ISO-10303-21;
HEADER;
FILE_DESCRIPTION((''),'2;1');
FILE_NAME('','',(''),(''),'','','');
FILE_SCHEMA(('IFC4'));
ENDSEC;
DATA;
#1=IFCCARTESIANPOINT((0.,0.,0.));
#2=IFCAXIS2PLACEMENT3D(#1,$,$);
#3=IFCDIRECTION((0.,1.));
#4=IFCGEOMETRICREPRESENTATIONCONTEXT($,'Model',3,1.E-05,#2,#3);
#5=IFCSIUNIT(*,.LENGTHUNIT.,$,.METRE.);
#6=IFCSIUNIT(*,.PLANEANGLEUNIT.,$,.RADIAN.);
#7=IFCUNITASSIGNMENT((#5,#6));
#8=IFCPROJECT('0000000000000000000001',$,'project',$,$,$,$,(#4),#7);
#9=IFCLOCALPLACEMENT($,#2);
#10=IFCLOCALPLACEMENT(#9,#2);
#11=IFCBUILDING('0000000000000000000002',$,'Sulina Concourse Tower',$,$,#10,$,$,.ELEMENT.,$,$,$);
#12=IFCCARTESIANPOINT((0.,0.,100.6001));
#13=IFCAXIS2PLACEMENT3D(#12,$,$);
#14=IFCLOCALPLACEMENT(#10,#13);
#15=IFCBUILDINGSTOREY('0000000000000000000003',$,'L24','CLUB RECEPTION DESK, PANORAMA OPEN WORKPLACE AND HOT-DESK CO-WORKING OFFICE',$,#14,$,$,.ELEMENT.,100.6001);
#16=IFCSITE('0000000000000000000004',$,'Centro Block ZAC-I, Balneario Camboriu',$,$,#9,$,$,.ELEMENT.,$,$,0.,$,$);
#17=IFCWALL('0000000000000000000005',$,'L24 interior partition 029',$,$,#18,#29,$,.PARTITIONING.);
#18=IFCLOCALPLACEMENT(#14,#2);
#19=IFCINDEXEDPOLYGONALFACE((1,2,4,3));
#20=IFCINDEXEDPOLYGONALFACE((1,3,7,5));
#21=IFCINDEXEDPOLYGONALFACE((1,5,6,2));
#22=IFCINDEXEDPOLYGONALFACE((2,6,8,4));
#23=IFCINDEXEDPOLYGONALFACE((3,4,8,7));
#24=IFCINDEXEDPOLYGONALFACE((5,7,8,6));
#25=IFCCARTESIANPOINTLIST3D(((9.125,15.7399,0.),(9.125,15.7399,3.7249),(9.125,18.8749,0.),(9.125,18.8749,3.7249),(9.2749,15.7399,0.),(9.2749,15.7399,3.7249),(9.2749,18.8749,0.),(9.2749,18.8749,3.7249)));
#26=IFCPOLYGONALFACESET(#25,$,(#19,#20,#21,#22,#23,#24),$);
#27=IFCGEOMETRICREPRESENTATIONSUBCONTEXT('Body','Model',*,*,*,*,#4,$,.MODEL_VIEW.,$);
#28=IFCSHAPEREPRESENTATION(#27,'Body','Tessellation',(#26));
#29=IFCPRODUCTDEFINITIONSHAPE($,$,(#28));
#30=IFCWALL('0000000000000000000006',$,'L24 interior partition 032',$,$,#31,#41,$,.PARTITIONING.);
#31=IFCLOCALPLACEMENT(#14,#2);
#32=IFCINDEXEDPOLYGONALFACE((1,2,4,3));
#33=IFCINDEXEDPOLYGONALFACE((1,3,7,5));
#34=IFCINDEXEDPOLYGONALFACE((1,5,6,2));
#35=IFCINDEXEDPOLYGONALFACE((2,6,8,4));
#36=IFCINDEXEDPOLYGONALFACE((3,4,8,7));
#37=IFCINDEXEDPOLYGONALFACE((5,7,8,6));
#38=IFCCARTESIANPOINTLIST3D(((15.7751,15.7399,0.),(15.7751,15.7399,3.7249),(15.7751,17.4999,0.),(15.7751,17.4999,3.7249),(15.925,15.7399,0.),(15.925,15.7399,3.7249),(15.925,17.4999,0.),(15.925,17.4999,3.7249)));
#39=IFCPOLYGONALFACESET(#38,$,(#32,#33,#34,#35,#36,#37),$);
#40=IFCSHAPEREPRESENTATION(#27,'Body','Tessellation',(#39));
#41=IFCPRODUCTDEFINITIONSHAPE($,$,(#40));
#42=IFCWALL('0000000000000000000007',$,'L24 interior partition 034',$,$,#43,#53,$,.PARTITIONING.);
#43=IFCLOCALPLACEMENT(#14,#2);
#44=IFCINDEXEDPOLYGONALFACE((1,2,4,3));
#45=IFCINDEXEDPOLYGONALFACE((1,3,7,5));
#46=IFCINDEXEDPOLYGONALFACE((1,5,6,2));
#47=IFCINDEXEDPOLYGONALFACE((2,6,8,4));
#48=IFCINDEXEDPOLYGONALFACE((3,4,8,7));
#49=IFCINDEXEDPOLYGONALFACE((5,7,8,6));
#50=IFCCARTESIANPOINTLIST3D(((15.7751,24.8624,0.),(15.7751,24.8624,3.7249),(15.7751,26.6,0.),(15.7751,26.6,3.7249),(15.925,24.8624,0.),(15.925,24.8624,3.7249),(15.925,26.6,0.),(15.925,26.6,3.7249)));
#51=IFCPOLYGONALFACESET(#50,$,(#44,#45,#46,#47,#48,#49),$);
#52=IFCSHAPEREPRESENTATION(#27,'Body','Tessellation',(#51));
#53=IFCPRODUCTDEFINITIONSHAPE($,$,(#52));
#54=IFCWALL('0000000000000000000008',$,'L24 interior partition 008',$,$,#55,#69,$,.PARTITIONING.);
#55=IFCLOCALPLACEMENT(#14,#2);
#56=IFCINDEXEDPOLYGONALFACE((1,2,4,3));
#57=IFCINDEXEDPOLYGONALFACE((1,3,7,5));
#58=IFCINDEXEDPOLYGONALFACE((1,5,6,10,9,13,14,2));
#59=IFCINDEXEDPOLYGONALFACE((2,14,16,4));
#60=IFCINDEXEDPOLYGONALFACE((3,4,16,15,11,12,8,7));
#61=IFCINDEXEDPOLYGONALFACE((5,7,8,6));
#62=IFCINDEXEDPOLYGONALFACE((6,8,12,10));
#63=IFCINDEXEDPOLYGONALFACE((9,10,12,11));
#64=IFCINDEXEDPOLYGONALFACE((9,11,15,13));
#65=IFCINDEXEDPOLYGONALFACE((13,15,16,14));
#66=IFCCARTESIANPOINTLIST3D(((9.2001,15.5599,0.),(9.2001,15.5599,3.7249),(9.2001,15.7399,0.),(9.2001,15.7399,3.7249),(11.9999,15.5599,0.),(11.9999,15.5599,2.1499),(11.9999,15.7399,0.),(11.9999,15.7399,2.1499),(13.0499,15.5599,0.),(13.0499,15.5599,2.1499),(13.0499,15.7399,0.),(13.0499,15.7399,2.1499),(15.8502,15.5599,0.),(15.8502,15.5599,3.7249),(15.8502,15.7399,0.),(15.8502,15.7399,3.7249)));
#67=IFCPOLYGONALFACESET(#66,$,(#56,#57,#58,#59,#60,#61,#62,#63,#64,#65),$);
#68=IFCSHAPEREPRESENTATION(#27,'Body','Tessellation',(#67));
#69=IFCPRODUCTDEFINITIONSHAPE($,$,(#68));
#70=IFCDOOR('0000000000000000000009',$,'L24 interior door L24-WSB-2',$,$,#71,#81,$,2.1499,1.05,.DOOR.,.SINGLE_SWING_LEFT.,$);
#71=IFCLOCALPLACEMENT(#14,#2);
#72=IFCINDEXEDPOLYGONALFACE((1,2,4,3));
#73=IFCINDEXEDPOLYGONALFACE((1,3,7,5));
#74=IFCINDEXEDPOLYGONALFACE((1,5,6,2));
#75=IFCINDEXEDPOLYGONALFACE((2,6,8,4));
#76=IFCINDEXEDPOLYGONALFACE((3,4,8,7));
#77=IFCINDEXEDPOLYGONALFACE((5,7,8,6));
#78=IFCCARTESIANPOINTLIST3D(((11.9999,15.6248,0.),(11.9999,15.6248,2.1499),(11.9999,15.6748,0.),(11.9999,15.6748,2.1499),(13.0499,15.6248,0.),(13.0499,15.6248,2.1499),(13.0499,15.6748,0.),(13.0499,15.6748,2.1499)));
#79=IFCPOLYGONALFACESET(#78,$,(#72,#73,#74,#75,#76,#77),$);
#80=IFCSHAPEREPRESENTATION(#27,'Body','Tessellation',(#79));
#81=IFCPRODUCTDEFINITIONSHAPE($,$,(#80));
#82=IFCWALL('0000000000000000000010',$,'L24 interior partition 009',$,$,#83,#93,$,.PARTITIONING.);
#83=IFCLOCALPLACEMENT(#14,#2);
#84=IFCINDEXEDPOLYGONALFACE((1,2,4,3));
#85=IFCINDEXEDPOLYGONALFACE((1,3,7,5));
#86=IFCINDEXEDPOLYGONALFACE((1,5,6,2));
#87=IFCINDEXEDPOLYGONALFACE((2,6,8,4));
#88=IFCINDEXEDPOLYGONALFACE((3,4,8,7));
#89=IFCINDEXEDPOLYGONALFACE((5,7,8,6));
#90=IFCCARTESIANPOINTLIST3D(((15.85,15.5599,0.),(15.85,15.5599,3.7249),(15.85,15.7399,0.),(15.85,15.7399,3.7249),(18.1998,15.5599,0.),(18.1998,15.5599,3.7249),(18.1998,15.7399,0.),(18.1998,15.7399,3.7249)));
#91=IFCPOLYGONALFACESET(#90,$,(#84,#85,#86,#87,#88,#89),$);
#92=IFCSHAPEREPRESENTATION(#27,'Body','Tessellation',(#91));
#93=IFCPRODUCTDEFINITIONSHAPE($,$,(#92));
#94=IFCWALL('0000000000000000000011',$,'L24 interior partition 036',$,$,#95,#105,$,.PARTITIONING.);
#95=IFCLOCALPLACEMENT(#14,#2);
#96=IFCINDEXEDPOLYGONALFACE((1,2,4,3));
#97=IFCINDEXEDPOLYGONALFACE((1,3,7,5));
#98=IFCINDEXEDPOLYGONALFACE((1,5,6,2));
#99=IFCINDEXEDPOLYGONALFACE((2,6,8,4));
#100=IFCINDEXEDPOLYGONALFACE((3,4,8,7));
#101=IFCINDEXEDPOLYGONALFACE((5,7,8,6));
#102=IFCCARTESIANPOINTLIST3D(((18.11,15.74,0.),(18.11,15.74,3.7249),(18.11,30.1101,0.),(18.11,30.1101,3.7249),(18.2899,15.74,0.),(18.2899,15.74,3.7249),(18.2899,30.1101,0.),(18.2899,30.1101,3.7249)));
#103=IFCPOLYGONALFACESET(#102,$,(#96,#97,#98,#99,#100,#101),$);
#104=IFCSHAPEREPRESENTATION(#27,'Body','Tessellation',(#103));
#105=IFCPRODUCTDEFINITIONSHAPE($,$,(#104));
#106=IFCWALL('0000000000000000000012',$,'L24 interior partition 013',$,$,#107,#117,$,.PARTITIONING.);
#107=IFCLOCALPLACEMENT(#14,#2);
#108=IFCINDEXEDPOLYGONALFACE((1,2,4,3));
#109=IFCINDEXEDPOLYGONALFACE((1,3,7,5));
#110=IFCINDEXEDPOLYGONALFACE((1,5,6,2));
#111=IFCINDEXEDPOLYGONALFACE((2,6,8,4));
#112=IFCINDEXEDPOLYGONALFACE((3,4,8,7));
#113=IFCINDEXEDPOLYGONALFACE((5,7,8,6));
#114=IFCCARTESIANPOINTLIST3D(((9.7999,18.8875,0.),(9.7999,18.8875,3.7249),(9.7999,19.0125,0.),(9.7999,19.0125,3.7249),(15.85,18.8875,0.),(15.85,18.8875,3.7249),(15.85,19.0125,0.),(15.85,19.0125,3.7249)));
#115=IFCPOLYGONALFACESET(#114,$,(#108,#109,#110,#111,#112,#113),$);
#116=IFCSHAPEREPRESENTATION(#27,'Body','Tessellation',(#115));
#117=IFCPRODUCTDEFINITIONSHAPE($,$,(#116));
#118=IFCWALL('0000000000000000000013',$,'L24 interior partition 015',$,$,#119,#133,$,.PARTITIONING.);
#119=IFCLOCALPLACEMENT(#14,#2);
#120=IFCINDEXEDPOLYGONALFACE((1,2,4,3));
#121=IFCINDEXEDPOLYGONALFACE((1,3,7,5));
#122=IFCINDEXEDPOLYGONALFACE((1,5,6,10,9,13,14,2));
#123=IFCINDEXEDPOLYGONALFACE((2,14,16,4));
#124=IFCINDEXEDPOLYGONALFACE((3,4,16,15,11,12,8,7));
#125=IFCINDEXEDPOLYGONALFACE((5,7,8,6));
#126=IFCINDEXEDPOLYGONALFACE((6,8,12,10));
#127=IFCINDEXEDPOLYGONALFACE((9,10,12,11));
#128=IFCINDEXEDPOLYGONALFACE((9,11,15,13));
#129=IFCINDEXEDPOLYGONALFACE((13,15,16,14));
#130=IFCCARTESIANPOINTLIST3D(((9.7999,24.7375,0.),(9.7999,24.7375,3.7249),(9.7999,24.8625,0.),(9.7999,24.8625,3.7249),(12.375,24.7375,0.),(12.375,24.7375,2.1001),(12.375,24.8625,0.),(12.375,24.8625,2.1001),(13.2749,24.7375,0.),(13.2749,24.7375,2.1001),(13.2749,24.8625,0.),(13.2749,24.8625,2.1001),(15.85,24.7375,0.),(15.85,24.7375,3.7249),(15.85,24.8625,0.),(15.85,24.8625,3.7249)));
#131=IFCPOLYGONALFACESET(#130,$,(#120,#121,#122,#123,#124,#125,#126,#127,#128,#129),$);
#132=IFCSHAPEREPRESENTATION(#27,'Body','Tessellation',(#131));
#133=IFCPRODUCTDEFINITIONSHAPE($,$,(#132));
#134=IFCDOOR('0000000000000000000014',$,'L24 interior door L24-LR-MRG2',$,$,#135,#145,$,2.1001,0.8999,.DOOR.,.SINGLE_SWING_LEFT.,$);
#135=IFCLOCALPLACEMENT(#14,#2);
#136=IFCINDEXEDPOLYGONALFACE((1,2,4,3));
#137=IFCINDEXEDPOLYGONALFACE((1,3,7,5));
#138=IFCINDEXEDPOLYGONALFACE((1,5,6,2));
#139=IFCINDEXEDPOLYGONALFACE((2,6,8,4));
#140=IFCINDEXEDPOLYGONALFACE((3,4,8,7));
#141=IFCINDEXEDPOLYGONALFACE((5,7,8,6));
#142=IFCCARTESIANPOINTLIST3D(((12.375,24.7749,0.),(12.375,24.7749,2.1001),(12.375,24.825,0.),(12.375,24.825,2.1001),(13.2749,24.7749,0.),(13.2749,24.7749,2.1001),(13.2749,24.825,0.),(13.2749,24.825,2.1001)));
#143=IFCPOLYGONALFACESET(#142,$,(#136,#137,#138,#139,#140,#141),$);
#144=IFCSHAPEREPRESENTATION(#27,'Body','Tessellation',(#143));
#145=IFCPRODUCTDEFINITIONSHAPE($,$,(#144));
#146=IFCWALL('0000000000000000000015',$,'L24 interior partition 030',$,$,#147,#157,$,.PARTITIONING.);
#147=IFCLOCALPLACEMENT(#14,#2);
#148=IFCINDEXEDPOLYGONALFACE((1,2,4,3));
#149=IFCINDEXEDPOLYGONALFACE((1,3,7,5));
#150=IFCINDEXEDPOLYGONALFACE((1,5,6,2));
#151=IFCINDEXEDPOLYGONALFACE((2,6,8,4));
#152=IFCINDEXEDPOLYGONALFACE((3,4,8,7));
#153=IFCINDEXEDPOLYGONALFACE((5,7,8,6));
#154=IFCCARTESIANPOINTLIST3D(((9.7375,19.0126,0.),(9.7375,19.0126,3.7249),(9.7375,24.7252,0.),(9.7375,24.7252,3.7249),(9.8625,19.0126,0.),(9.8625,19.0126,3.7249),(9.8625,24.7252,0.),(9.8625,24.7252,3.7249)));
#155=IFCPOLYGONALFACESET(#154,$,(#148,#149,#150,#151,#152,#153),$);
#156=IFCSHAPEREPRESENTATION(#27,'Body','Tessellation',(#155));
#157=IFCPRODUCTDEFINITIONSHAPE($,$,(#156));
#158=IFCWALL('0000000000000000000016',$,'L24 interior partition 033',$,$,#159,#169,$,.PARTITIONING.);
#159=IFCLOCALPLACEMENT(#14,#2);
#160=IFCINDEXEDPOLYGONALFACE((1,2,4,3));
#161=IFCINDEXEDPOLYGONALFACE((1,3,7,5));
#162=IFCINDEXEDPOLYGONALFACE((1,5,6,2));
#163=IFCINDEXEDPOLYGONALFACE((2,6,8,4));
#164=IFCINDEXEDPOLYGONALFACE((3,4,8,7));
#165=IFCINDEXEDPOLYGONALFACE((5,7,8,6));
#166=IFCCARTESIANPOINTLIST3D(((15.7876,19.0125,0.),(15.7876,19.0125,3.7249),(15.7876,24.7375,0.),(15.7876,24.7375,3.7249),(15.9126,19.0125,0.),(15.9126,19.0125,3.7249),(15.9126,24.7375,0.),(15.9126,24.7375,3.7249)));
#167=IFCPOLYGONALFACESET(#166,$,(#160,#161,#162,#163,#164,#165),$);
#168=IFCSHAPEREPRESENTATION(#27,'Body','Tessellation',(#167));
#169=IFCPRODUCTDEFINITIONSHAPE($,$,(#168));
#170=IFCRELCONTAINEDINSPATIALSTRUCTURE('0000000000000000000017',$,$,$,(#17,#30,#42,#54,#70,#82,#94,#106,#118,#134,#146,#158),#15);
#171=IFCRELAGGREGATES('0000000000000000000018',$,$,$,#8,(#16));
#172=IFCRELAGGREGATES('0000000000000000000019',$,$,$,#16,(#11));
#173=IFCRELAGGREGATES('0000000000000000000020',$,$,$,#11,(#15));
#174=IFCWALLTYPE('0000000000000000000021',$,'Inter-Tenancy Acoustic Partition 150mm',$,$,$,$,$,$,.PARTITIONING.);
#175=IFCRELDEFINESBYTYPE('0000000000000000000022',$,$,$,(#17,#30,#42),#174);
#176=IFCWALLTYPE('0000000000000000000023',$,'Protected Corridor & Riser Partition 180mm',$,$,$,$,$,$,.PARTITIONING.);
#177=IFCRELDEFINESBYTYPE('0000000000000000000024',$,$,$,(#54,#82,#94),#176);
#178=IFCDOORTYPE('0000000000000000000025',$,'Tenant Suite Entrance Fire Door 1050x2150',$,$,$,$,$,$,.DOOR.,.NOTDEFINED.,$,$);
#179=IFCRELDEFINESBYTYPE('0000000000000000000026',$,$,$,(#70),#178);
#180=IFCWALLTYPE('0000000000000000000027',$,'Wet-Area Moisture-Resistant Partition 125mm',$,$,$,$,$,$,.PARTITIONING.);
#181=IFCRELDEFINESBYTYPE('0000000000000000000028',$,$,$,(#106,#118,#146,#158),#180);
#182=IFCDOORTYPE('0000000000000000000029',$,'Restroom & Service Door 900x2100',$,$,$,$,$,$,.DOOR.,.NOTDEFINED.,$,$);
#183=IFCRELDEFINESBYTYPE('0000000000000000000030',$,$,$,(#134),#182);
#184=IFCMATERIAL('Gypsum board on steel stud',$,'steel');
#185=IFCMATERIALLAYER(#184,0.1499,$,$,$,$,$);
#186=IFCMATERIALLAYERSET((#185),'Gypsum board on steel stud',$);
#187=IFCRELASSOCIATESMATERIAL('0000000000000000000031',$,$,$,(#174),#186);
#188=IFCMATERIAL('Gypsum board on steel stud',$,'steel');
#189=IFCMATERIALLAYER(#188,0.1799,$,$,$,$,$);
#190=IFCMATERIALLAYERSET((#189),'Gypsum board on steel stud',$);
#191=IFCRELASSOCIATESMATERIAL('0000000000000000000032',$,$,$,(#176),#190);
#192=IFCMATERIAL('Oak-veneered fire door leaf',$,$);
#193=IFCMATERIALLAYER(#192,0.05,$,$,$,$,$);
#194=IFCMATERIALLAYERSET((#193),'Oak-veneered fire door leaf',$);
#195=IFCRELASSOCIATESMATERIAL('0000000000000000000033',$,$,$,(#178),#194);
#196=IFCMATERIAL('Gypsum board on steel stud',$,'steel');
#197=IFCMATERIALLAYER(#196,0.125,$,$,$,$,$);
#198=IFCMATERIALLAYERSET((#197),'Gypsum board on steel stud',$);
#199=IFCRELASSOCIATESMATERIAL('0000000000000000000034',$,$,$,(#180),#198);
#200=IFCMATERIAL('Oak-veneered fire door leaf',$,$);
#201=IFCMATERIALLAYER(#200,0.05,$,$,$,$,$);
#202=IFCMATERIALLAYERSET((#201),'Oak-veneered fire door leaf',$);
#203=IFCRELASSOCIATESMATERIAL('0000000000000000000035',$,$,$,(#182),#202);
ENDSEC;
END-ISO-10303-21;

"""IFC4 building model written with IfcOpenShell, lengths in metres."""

from ifc_helpers import new_model, si_unit, direction, frame, frame_2d, origin, place, context, subcontext, project, spatial, rectangle, extrude, material, layer, layer_set, type_object, element, fill, save


model = new_model("IFC4")

# Units and contexts
model_context = context("Model", 3, precision=1e-05, world=origin(), true_north=direction((0.0, 1.0)))
body_context = subcontext(model_context, "Body", "Model", "MODEL_VIEW")
ifc_project = project(units=[si_unit("LENGTHUNIT", "METRE"), si_unit("PLANEANGLEUNIT", "RADIAN")], contexts=[model_context])

# Site, building, storey
site_placement = place(None, origin())
site = spatial("IfcSite", under=ifc_project, at=site_placement, Name="Centro Block ZAC-I, Balneario Camboriu", CompositionType="ELEMENT", RefElevation=0.0)
building_placement = place(site_placement, origin())
building = spatial("IfcBuilding", under=site, at=building_placement, Name="Sulina Concourse Tower", CompositionType="ELEMENT")
storey_placement = place(building_placement, frame((0.0, 0.0, 100.6001)))
storey = spatial("IfcBuildingStorey", under=building, at=storey_placement, Name="L24", Description="CLUB RECEPTION DESK, PANORAMA OPEN WORKPLACE AND HOT-DESK CO-WORKING OFFICE", CompositionType="ELEMENT", Elevation=100.6001)

# Walls
ifc_material_1 = material(Name="Gypsum board on steel stud", Category="steel")
ifc_layer_1 = layer(ifc_material_1, 0.1499)
ifc_layer_set_1 = layer_set([ifc_layer_1], Name="Gypsum board on steel stud")
wall_type_1 = type_object("IfcWallType", Name="Inter-Tenancy Acoustic Partition 150mm", PredefinedType="PARTITIONING", material=ifc_layer_set_1)
wall_1_placement = place(storey_placement, frame((9.2, 15.74, 0.0), z_axis=(0.0, 0.0, 1.0), x_axis=(0.0, 1.0, 0.0)))
element("IfcWall", 1, at=wall_1_placement, inside=storey, type_object=wall_type_1, Name="L24 interior partition 029", PredefinedType="PARTITIONING", context=body_context, shape_type="SweptSolid", body=[
    extrude(rectangle(XDim=3.135, YDim=0.1499, at=frame_2d((1.5674, 0.0))), origin(), (0.0, 0.0, 1.0), 3.7249),
])
wall_2_placement = place(storey_placement, frame((15.8501, 15.74, 0.0), z_axis=(0.0, 0.0, 1.0), x_axis=(0.0, 1.0, 0.0)))
element("IfcWall", 2, at=wall_2_placement, inside=storey, type_object=wall_type_1, Name="L24 interior partition 032", PredefinedType="PARTITIONING", context=body_context, shape_type="SweptSolid", body=[
    extrude(rectangle(XDim=1.76, YDim=0.1499, at=frame_2d((0.8799, 0.0))), origin(), (0.0, 0.0, 1.0), 3.7249),
])
wall_3_placement = place(storey_placement, frame((15.8501, 24.8625, 0.0), z_axis=(0.0, 0.0, 1.0), x_axis=(0.0, 1.0, 0.0)))
element("IfcWall", 3, at=wall_3_placement, inside=storey, type_object=wall_type_1, Name="L24 interior partition 034", PredefinedType="PARTITIONING", context=body_context, shape_type="SweptSolid", body=[
    extrude(rectangle(XDim=1.7375, YDim=0.1499, at=frame_2d((0.8687, 0.0))), origin(), (0.0, 0.0, 1.0), 3.7249),
])

# Wall, opening, door
ifc_material_2 = material(Name="Gypsum board on steel stud", Category="steel")
ifc_layer_2 = layer(ifc_material_2, 0.1799)
ifc_layer_set_2 = layer_set([ifc_layer_2], Name="Gypsum board on steel stud")
wall_type_2 = type_object("IfcWallType", Name="Protected Corridor & Riser Partition 180mm", PredefinedType="PARTITIONING", material=ifc_layer_set_2)
wall_4_placement = place(storey_placement, frame((9.2, 15.6499, 0.0), z_axis=(0.0, 0.0, 1.0), x_axis=(1.0, 0.0, 0.0)))
wall_4 = element("IfcWall", 4, at=wall_4_placement, inside=storey, type_object=wall_type_2, Name="L24 interior partition 008", PredefinedType="PARTITIONING", context=body_context, shape_type="SweptSolid", body=[
    extrude(rectangle(XDim=6.6501, YDim=0.1799, at=frame_2d((3.3252, 0.0))), origin(), (0.0, 0.0, 1.0), 3.7249),
])
opening_1_placement = place(wall_4_placement, frame((2.8, 0.0, 0.0)))
opening_1 = element("IfcOpeningElement", 5, at=opening_1_placement, cuts=wall_4, PredefinedType="OPENING", context=body_context, shape_type="SweptSolid", body=[
    extrude(rectangle(XDim=1.05, YDim=2.1499, at=frame_2d((0.5249, 1.075))), frame((0.0, 0.0999, 0.0), z_axis=(0.0, -1.0, 0.0), x_axis=(1.0, 0.0, 0.0)), (0.0, 0.0, 1.0), 0.2),
])
ifc_material_3 = material(Name="Oak-veneered fire door leaf")
ifc_layer_3 = layer(ifc_material_3, 0.05)
ifc_layer_set_3 = layer_set([ifc_layer_3], Name="Oak-veneered fire door leaf")
door_type_1 = type_object("IfcDoorType", Name="Tenant Suite Entrance Fire Door 1050x2150", OperationType="NOTDEFINED", PredefinedType="DOOR", material=ifc_layer_set_3)
door_1_placement = place(opening_1_placement, origin())
door_1 = element("IfcDoor", 6, at=door_1_placement, inside=storey, type_object=door_type_1, Name="L24 interior door L24-WSB-2", OperationType="SINGLE_SWING_LEFT", OverallHeight=2.1499, OverallWidth=1.05, PredefinedType="DOOR", context=body_context, shape_type="SweptSolid", body=[
    extrude(rectangle(XDim=1.05, YDim=2.1499, at=frame_2d((0.5249, 1.075))), frame((0.0, 0.0249, 0.0), z_axis=(0.0, -1.0, 0.0), x_axis=(1.0, 0.0, 0.0)), (0.0, 0.0, 1.0), 0.05),
])
fill(opening_1, door_1)

# Walls
wall_5_placement = place(storey_placement, frame((15.8501, 15.6499, 0.0), z_axis=(0.0, 0.0, 1.0), x_axis=(1.0, 0.0, 0.0)))
element("IfcWall", 7, at=wall_5_placement, inside=storey, type_object=wall_type_2, Name="L24 interior partition 009", PredefinedType="PARTITIONING", context=body_context, shape_type="SweptSolid", body=[
    extrude(rectangle(XDim=2.3499, YDim=0.1799, at=frame_2d((1.1748, 0.0))), origin(), (0.0, 0.0, 1.0), 3.7249),
])
wall_6_placement = place(storey_placement, frame((18.2, 15.74, 0.0), z_axis=(0.0, 0.0, 1.0), x_axis=(0.0, 1.0, 0.0)))
element("IfcWall", 8, at=wall_6_placement, inside=storey, type_object=wall_type_2, Name="L24 interior partition 036", PredefinedType="PARTITIONING", context=body_context, shape_type="SweptSolid", body=[
    extrude(rectangle(XDim=14.3701, YDim=0.1799, at=frame_2d((7.1851, 0.0))), origin(), (0.0, 0.0, 1.0), 3.7249),
])
ifc_material_4 = material(Name="Gypsum board on steel stud", Category="steel")
ifc_layer_4 = layer(ifc_material_4, 0.125)
ifc_layer_set_4 = layer_set([ifc_layer_4], Name="Gypsum board on steel stud")
wall_type_3 = type_object("IfcWallType", Name="Wet-Area Moisture-Resistant Partition 125mm", PredefinedType="PARTITIONING", material=ifc_layer_set_4)
wall_7_placement = place(storey_placement, frame((9.8, 18.95, 0.0), z_axis=(0.0, 0.0, 1.0), x_axis=(1.0, 0.0, 0.0)))
element("IfcWall", 9, at=wall_7_placement, inside=storey, type_object=wall_type_3, Name="L24 interior partition 013", PredefinedType="PARTITIONING", context=body_context, shape_type="SweptSolid", body=[
    extrude(rectangle(XDim=6.05, YDim=0.125, at=frame_2d((3.0249, 0.0))), origin(), (0.0, 0.0, 1.0), 3.7249),
])

# Wall, opening, door
wall_8_placement = place(storey_placement, frame((9.8, 24.8, 0.0), z_axis=(0.0, 0.0, 1.0), x_axis=(1.0, 0.0, 0.0)))
wall_8 = element("IfcWall", 10, at=wall_8_placement, inside=storey, type_object=wall_type_3, Name="L24 interior partition 015", PredefinedType="PARTITIONING", context=body_context, shape_type="SweptSolid", body=[
    extrude(rectangle(XDim=6.05, YDim=0.125, at=frame_2d((3.0249, 0.0))), origin(), (0.0, 0.0, 1.0), 3.7249),
])
opening_2_placement = place(wall_8_placement, frame((2.575, 0.0, 0.0)))
opening_2 = element("IfcOpeningElement", 11, at=opening_2_placement, cuts=wall_8, PredefinedType="OPENING", context=body_context, shape_type="SweptSolid", body=[
    extrude(rectangle(XDim=0.8999, YDim=2.1001, at=frame_2d((0.45, 1.05))), frame((0.0, 0.0725, 0.0), z_axis=(0.0, -1.0, 0.0), x_axis=(1.0, 0.0, 0.0)), (0.0, 0.0, 1.0), 0.145),
])
ifc_material_5 = material(Name="Oak-veneered fire door leaf")
ifc_layer_5 = layer(ifc_material_5, 0.05)
ifc_layer_set_5 = layer_set([ifc_layer_5], Name="Oak-veneered fire door leaf")
door_type_2 = type_object("IfcDoorType", Name="Restroom & Service Door 900x2100", OperationType="NOTDEFINED", PredefinedType="DOOR", material=ifc_layer_set_5)
door_2_placement = place(opening_2_placement, origin())
door_2 = element("IfcDoor", 12, at=door_2_placement, inside=storey, type_object=door_type_2, Name="L24 interior door L24-LR-MRG2", OperationType="SINGLE_SWING_LEFT", OverallHeight=2.1001, OverallWidth=0.8999, PredefinedType="DOOR", context=body_context, shape_type="SweptSolid", body=[
    extrude(rectangle(XDim=0.8999, YDim=2.1001, at=frame_2d((0.45, 1.05))), frame((0.0, 0.0249, 0.0), z_axis=(0.0, -1.0, 0.0), x_axis=(1.0, 0.0, 0.0)), (0.0, 0.0, 1.0), 0.05),
])
fill(opening_2, door_2)

# Walls
wall_9_placement = place(storey_placement, frame((9.8, 19.0125, 0.0), z_axis=(0.0, 0.0, 1.0), x_axis=(0.0, 1.0, 0.0)))
element("IfcWall", 13, at=wall_9_placement, inside=storey, type_object=wall_type_3, Name="L24 interior partition 030", PredefinedType="PARTITIONING", context=body_context, shape_type="SweptSolid", body=[
    extrude(rectangle(XDim=5.7126, YDim=0.125, at=frame_2d((2.8564, 0.0))), origin(), (0.0, 0.0, 1.0), 3.7249),
])
wall_10_placement = place(storey_placement, frame((15.8501, 19.0125, 0.0), z_axis=(0.0, 0.0, 1.0), x_axis=(0.0, 1.0, 0.0)))
element("IfcWall", 14, at=wall_10_placement, inside=storey, type_object=wall_type_3, Name="L24 interior partition 033", PredefinedType="PARTITIONING", context=body_context, shape_type="SweptSolid", body=[
    extrude(rectangle(XDim=5.7251, YDim=0.125, at=frame_2d((2.8625, 0.0))), origin(), (0.0, 0.0, 1.0), 3.7249),
])

save(model, "model.ifc")
